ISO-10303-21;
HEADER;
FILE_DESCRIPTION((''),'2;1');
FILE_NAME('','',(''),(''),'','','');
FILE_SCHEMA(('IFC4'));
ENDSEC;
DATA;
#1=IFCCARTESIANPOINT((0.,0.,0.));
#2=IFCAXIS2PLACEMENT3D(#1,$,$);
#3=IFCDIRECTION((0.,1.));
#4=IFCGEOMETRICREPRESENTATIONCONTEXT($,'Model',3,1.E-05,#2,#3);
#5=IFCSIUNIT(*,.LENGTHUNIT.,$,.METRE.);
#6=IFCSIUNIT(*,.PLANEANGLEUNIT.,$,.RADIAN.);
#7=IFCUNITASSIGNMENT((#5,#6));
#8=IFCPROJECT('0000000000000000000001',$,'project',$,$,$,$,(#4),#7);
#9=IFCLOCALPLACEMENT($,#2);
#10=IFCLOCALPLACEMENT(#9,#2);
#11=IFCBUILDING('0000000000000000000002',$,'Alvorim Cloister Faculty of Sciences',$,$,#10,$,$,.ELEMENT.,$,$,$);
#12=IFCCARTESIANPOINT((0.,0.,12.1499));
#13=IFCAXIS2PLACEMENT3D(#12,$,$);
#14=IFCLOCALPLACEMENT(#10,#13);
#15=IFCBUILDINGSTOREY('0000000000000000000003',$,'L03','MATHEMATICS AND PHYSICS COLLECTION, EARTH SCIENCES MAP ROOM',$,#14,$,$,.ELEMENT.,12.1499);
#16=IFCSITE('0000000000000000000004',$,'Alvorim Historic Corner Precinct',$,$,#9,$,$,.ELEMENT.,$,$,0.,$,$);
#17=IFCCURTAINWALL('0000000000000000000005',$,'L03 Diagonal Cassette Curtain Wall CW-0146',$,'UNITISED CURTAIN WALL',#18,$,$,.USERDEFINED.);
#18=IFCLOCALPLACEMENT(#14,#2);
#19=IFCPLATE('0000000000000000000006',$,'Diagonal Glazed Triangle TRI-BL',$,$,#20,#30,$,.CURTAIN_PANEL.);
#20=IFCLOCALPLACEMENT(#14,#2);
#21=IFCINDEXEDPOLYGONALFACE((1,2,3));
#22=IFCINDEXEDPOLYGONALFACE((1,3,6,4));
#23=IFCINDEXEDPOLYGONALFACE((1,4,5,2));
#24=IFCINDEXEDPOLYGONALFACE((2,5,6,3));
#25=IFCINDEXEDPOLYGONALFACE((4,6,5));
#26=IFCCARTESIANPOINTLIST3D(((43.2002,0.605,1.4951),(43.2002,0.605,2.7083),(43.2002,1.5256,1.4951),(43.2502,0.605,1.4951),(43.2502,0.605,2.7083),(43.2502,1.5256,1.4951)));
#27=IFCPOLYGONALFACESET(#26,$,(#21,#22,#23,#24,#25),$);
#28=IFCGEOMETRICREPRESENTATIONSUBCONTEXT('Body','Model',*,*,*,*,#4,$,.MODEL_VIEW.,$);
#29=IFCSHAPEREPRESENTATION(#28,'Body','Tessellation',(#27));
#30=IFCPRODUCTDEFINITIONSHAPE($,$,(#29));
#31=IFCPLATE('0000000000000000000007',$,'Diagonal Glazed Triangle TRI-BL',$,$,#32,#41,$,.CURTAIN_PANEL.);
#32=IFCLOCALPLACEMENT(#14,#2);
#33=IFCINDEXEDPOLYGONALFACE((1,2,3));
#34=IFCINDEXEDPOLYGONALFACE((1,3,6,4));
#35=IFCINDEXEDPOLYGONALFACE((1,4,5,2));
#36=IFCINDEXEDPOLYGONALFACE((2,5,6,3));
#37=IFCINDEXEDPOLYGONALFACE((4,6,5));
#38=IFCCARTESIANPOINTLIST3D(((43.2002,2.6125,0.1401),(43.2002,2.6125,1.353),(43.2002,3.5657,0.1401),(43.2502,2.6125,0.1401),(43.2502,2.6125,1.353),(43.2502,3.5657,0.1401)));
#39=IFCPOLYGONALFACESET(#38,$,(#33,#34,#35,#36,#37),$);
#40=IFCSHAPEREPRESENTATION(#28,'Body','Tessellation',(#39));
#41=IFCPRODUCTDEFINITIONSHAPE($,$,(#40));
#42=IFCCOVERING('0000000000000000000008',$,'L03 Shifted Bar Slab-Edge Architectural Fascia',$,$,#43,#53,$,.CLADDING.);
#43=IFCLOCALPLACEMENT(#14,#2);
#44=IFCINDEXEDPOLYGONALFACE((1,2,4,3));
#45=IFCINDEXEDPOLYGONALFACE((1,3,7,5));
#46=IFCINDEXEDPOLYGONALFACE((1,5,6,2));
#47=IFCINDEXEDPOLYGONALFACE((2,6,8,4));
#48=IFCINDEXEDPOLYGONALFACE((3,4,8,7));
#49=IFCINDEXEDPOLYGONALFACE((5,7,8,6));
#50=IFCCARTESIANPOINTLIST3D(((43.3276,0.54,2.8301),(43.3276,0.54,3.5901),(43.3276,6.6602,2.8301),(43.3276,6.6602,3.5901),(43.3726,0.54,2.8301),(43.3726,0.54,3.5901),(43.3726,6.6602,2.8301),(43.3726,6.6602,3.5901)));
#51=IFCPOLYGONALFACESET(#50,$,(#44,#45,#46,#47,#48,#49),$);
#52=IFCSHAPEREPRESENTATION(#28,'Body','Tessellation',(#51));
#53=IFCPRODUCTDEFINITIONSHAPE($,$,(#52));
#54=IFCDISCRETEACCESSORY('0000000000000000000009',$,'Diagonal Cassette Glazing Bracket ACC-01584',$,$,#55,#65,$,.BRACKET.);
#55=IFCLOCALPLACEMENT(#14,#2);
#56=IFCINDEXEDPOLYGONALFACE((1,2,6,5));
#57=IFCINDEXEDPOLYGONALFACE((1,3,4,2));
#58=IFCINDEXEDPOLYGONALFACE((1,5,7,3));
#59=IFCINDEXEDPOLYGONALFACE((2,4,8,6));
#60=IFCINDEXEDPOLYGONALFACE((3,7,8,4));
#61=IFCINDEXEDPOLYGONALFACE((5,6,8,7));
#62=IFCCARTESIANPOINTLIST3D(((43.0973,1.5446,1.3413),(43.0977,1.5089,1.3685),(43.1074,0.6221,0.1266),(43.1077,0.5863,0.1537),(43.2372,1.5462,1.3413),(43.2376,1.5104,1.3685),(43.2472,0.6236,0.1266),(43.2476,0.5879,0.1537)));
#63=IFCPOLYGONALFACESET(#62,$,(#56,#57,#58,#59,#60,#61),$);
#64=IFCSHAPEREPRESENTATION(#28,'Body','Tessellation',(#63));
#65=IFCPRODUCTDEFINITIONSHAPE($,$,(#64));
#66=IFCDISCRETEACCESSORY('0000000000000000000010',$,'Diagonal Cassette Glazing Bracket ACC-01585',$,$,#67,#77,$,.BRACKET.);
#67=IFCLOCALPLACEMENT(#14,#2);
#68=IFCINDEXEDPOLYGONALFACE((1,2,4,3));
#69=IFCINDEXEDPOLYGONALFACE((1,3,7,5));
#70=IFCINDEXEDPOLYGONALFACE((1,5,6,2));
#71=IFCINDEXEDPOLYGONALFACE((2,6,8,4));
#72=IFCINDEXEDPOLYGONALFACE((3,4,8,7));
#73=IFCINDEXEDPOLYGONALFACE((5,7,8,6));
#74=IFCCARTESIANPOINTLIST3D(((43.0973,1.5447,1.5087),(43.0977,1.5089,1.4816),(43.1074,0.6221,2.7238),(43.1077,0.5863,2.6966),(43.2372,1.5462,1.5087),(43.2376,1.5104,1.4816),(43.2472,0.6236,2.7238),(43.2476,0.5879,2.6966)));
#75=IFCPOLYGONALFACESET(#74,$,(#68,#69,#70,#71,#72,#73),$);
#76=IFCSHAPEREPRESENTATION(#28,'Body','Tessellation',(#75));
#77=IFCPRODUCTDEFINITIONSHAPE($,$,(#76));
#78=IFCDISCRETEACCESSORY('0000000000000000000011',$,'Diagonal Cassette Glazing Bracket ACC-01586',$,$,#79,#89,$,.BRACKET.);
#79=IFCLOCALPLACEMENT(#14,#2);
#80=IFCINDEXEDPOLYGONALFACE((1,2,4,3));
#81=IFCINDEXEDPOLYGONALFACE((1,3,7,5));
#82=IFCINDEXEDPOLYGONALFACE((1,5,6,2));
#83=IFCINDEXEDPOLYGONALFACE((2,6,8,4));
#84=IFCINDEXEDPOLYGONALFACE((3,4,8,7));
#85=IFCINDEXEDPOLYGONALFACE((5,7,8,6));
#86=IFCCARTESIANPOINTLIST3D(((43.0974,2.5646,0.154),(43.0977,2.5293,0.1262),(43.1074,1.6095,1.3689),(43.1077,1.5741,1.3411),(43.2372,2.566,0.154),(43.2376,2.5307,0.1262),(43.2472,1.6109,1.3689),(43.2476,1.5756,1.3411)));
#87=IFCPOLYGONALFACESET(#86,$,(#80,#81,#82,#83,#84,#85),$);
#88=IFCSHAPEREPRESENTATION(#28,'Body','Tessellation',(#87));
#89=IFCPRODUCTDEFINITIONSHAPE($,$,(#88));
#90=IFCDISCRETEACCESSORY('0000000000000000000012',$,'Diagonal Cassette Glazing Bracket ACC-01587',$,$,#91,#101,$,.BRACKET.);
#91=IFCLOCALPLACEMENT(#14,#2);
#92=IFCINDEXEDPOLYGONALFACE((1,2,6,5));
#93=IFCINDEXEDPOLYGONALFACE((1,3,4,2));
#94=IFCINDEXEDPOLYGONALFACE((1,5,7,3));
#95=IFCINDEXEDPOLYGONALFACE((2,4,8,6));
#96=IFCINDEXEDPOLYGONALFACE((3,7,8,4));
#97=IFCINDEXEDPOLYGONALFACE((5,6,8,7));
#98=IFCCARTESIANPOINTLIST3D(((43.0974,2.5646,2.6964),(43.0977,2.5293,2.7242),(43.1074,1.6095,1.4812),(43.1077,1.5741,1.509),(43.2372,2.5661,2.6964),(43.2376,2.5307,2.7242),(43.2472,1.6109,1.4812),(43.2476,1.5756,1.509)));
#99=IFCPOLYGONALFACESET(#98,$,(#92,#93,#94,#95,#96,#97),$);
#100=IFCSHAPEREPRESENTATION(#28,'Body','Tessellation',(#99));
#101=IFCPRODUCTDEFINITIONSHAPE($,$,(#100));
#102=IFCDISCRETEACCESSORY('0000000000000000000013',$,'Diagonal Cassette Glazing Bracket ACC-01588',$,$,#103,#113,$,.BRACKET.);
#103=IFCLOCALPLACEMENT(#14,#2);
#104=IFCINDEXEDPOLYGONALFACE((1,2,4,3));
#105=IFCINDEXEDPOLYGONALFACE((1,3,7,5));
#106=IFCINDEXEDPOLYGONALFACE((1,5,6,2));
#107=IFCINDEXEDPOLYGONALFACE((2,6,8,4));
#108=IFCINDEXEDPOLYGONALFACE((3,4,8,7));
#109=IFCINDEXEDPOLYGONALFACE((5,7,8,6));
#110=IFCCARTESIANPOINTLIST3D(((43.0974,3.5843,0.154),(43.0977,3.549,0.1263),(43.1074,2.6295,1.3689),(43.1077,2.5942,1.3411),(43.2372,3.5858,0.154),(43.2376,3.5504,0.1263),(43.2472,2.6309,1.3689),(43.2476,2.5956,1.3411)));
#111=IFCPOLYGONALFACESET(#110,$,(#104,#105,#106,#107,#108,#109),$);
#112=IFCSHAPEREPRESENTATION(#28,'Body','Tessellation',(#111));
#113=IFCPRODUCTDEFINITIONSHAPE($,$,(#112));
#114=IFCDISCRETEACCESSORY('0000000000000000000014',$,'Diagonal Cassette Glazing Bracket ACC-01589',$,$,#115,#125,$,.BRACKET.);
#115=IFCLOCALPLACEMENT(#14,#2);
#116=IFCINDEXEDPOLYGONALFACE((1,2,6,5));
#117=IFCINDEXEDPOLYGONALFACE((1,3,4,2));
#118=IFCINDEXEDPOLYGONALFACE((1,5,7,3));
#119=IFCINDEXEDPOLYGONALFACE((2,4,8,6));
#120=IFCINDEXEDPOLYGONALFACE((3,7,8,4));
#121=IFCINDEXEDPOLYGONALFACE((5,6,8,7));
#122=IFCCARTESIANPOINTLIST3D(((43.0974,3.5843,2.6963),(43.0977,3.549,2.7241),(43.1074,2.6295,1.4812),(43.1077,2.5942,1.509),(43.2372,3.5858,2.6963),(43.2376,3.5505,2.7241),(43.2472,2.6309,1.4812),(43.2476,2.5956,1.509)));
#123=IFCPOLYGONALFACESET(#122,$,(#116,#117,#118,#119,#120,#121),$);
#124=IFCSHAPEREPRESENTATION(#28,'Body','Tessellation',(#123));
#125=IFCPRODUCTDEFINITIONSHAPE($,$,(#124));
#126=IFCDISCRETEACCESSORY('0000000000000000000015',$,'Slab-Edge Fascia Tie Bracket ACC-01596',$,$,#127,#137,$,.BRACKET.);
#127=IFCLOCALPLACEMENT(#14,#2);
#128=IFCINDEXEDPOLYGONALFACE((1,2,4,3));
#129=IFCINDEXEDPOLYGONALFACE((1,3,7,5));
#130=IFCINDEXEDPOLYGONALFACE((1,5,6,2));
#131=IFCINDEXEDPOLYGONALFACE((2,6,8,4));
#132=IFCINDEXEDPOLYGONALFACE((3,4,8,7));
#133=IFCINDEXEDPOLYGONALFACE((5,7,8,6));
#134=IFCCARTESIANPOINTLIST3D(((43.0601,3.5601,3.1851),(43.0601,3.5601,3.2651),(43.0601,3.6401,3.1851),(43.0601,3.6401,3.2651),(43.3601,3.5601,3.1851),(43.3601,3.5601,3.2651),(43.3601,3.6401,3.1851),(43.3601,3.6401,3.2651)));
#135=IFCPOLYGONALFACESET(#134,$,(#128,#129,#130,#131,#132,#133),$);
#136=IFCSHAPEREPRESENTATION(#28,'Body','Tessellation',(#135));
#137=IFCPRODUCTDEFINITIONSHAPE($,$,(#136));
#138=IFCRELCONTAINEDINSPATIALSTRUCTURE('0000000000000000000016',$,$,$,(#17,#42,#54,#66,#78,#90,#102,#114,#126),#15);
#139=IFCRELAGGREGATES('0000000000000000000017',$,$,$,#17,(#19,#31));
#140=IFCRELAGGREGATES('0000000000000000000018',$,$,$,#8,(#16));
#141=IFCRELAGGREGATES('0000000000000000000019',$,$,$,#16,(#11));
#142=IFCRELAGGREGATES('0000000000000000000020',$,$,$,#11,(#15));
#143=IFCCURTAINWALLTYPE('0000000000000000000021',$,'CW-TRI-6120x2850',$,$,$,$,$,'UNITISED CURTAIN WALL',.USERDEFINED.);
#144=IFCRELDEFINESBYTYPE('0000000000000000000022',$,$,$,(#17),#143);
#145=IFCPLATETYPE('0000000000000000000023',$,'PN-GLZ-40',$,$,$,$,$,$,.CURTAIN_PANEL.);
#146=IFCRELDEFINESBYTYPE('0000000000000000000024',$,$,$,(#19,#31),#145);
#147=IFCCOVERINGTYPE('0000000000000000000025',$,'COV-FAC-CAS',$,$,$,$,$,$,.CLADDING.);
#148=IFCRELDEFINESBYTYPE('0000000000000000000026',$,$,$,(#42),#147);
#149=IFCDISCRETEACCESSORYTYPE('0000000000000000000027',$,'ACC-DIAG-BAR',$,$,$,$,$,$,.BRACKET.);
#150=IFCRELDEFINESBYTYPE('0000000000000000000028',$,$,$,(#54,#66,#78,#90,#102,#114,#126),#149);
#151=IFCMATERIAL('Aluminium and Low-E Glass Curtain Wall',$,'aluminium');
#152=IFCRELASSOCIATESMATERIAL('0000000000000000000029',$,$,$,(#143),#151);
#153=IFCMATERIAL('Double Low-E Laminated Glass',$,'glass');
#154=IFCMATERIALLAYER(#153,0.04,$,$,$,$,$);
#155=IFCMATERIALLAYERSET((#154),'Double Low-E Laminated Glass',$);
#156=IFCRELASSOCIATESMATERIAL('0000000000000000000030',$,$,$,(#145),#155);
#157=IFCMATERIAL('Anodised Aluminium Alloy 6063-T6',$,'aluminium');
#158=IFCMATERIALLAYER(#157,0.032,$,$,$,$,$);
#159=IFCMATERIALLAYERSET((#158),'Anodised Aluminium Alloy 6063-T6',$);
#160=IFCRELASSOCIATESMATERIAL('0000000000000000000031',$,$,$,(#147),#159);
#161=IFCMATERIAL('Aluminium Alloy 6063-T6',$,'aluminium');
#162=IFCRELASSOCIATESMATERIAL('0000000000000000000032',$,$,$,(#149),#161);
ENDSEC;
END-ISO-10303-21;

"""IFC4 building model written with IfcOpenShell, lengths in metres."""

from ifc_helpers import new_model, si_unit, direction, frame, origin, origin_2d, place, context, subcontext, project, spatial, polyline, rectangle, outline, extrude, material, layer, layer_set, type_object, element, aggregate, save


model = new_model("IFC4")

# Units and contexts
model_context = context("Model", 3, precision=1e-05, world=origin(), true_north=direction((0.0, 1.0)))
body_context = subcontext(model_context, "Body", "Model", "MODEL_VIEW")
ifc_project = project(units=[si_unit("LENGTHUNIT", "METRE"), si_unit("PLANEANGLEUNIT", "RADIAN")], contexts=[model_context])

# Site, building, storey
site_placement = place(None, origin())
site = spatial("IfcSite", under=ifc_project, at=site_placement, Name="Alvorim Historic Corner Precinct", CompositionType="ELEMENT", RefElevation=0.0)
building_placement = place(site_placement, origin())
building = spatial("IfcBuilding", under=site, at=building_placement, Name="Alvorim Cloister Faculty of Sciences", CompositionType="ELEMENT")
storey_placement = place(building_placement, frame((0.0, 0.0, 12.1499)))
storey = spatial("IfcBuildingStorey", under=building, at=storey_placement, Name="L03", Description="MATHEMATICS AND PHYSICS COLLECTION, EARTH SCIENCES MAP ROOM", CompositionType="ELEMENT", Elevation=12.1499)

# Curtain wall, plates
ifc_material_1 = material(Name="Aluminium and Low-E Glass Curtain Wall", Category="aluminium")
curtain_wall_type = type_object("IfcCurtainWallType", Name="CW-TRI-6120x2850", ElementType="UNITISED CURTAIN WALL", PredefinedType="USERDEFINED", material=ifc_material_1)
curtain_wall_placement = place(storey_placement, origin())
curtain_wall = element("IfcCurtainWall", 1, at=curtain_wall_placement, inside=storey, type_object=curtain_wall_type, Name="L03 Diagonal Cassette Curtain Wall CW-0146", ObjectType="UNITISED CURTAIN WALL", PredefinedType="USERDEFINED")
ifc_material_2 = material(Name="Aluminium Alloy 6063-T6", Category="aluminium")
ifc_material_3 = material(Name="Double Low-E Laminated Glass", Category="glass")
ifc_layer_1 = layer(ifc_material_3, 0.04)
ifc_layer_set_1 = layer_set([ifc_layer_1], Name="Double Low-E Laminated Glass")
plate_type = type_object("IfcPlateType", Name="PN-GLZ-40", PredefinedType="CURTAIN_PANEL", material=ifc_layer_set_1)
plate_1_placement = place(storey_placement, frame((43.2251, 0.605, 1.4951), z_axis=(0.0, 0.0, 1.0), x_axis=(0.0, 1.0, 0.0)))
plate_1 = element("IfcPlate", 2, at=plate_1_placement, type_object=plate_type, Name="Diagonal Glazed Triangle TRI-BL", PredefinedType="CURTAIN_PANEL", context=body_context, shape_type="SweptSolid", body=[
    extrude(outline(polyline([(0.0, 0.0), (0.9207, 0.0), (0.0, 1.2131), (0.0, 0.0)])), frame((0.0, 0.0249, 0.0), z_axis=(0.0, -1.0, 0.0), x_axis=(1.0, 0.0, 0.0)), (0.0, 0.0, 1.0), 0.05),
])
plate_2_placement = place(storey_placement, frame((43.2251, 2.6125, 0.1401), z_axis=(0.0, 0.0, 1.0), x_axis=(0.0, 1.0, 0.0)))
plate_2 = element("IfcPlate", 3, at=plate_2_placement, type_object=plate_type, Name="Diagonal Glazed Triangle TRI-BL", PredefinedType="CURTAIN_PANEL", context=body_context, shape_type="SweptSolid", body=[
    extrude(outline(polyline([(0.0, 0.0), (0.9531, 0.0), (0.0, 1.2129), (0.0, 0.0)])), frame((0.0, 0.0249, 0.0), z_axis=(0.0, -1.0, 0.0), x_axis=(1.0, 0.0, 0.0)), (0.0, 0.0, 1.0), 0.05),
])
aggregate(curtain_wall, [plate_1, plate_2])

# Covering
ifc_material_4 = material(Name="Anodised Aluminium Alloy 6063-T6", Category="aluminium")
ifc_layer_2 = layer(ifc_material_4, 0.032)
ifc_layer_set_2 = layer_set([ifc_layer_2], Name="Anodised Aluminium Alloy 6063-T6")
covering_type = type_object("IfcCoveringType", Name="COV-FAC-CAS", PredefinedType="CLADDING", material=ifc_layer_set_2)
covering_placement = place(storey_placement, frame((43.3501, 0.54, 2.8301), z_axis=(0.0, 0.0, 1.0), x_axis=(0.0, 1.0, 0.0)))
element("IfcCovering", 4, at=covering_placement, inside=storey, type_object=covering_type, Name="L03 Shifted Bar Slab-Edge Architectural Fascia", PredefinedType="CLADDING", context=body_context, shape_type="SweptSolid", body=[
    extrude(outline(polyline([(0.0, 0.0), (6.1201, 0.0), (6.1201, 0.76), (0.0, 0.76), (0.0, 0.0)])), frame((0.0, 0.0225, 0.0), z_axis=(0.0, -1.0, 0.0), x_axis=(1.0, 0.0, 0.0)), (0.0, 0.0, 1.0), 0.0449),
])

# Discrete accessories
discrete_accessory_type = type_object("IfcDiscreteAccessoryType", Name="ACC-DIAG-BAR", PredefinedType="BRACKET", material=ifc_material_2)
discrete_accessory_1_placement = place(storey_placement, frame((43.1775, 0.605, 0.1401), z_axis=(-0.006562, 0.60479, 0.796358), x_axis=(-0.999941, -0.010849, 0.0)))
element("IfcDiscreteAccessory", 5, at=discrete_accessory_1_placement, inside=storey, type_object=discrete_accessory_type, Name="Diagonal Cassette Glazing Bracket ACC-01584", PredefinedType="BRACKET", context=body_context, shape_type="SweptSolid", body=[
    extrude(rectangle(XDim=0.1399, YDim=0.0449, at=origin_2d()), origin(), (0.0, 0.0, 1.0), 1.5254),
])
discrete_accessory_2_placement = place(storey_placement, frame((43.1775, 0.605, 2.7102), z_axis=(-0.006561, 0.604713, -0.796416), x_axis=(-0.999941, -0.010849, 0.0)))
element("IfcDiscreteAccessory", 6, at=discrete_accessory_2_placement, inside=storey, type_object=discrete_accessory_type, Name="Diagonal Cassette Glazing Bracket ACC-01585", PredefinedType="BRACKET", context=body_context, shape_type="SweptSolid", body=[
    extrude(rectangle(XDim=0.1399, YDim=0.0449, at=origin_2d()), origin(), (0.0, 0.0, 1.0), 1.5256),
])
discrete_accessory_3_placement = place(storey_placement, frame((43.1775, 1.5925, 1.355), z_axis=(-0.006477, 0.618032, -0.786126), x_axis=(-0.999945, -0.01048, 0.0)))
element("IfcDiscreteAccessory", 7, at=discrete_accessory_3_placement, inside=storey, type_object=discrete_accessory_type, Name="Diagonal Cassette Glazing Bracket ACC-01586", PredefinedType="BRACKET", context=body_context, shape_type="SweptSolid", body=[
    extrude(rectangle(XDim=0.1399, YDim=0.0449, at=origin_2d()), origin(), (0.0, 0.0, 1.0), 1.5454),
])
discrete_accessory_4_placement = place(storey_placement, frame((43.1775, 1.5925, 1.4951), z_axis=(-0.006477, 0.617955, 0.786187), x_axis=(-0.999945, -0.01048, 0.0)))
element("IfcDiscreteAccessory", 8, at=discrete_accessory_4_placement, inside=storey, type_object=discrete_accessory_type, Name="Diagonal Cassette Glazing Bracket ACC-01587", PredefinedType="BRACKET", context=body_context, shape_type="SweptSolid", body=[
    extrude(rectangle(XDim=0.1399, YDim=0.0449, at=origin_2d()), origin(), (0.0, 0.0, 1.0), 1.5457),
])
discrete_accessory_5_placement = place(storey_placement, frame((43.1775, 2.6125, 1.355), z_axis=(-0.006478, 0.617934, -0.786203), x_axis=(-0.999945, -0.010483, 0.0)))
element("IfcDiscreteAccessory", 9, at=discrete_accessory_5_placement, inside=storey, type_object=discrete_accessory_type, Name="Diagonal Cassette Glazing Bracket ACC-01588", PredefinedType="BRACKET", context=body_context, shape_type="SweptSolid", body=[
    extrude(rectangle(XDim=0.1399, YDim=0.0449, at=origin_2d()), origin(), (0.0, 0.0, 1.0), 1.5452),
])
discrete_accessory_6_placement = place(storey_placement, frame((43.1775, 2.6125, 1.4951), z_axis=(-0.006477, 0.617857, 0.786263), x_axis=(-0.999945, -0.010483, 0.0)))
element("IfcDiscreteAccessory", 10, at=discrete_accessory_6_placement, inside=storey, type_object=discrete_accessory_type, Name="Diagonal Cassette Glazing Bracket ACC-01589", PredefinedType="BRACKET", context=body_context, shape_type="SweptSolid", body=[
    extrude(rectangle(XDim=0.1399, YDim=0.0449, at=origin_2d()), origin(), (0.0, 0.0, 1.0), 1.5454),
])
discrete_accessory_7_placement = place(storey_placement, frame((43.0601, 3.6001, 3.2251), z_axis=(1.0, 0.0, 0.0), x_axis=(0.0, 1.0, 0.0)))
element("IfcDiscreteAccessory", 11, at=discrete_accessory_7_placement, inside=storey, type_object=discrete_accessory_type, Name="Slab-Edge Fascia Tie Bracket ACC-01596", PredefinedType="BRACKET", context=body_context, shape_type="SweptSolid", body=[
    extrude(rectangle(XDim=0.0801, YDim=0.0801, at=origin_2d()), origin(), (0.0, 0.0, 1.0), 0.3),
])

save(model, "model.ifc")
